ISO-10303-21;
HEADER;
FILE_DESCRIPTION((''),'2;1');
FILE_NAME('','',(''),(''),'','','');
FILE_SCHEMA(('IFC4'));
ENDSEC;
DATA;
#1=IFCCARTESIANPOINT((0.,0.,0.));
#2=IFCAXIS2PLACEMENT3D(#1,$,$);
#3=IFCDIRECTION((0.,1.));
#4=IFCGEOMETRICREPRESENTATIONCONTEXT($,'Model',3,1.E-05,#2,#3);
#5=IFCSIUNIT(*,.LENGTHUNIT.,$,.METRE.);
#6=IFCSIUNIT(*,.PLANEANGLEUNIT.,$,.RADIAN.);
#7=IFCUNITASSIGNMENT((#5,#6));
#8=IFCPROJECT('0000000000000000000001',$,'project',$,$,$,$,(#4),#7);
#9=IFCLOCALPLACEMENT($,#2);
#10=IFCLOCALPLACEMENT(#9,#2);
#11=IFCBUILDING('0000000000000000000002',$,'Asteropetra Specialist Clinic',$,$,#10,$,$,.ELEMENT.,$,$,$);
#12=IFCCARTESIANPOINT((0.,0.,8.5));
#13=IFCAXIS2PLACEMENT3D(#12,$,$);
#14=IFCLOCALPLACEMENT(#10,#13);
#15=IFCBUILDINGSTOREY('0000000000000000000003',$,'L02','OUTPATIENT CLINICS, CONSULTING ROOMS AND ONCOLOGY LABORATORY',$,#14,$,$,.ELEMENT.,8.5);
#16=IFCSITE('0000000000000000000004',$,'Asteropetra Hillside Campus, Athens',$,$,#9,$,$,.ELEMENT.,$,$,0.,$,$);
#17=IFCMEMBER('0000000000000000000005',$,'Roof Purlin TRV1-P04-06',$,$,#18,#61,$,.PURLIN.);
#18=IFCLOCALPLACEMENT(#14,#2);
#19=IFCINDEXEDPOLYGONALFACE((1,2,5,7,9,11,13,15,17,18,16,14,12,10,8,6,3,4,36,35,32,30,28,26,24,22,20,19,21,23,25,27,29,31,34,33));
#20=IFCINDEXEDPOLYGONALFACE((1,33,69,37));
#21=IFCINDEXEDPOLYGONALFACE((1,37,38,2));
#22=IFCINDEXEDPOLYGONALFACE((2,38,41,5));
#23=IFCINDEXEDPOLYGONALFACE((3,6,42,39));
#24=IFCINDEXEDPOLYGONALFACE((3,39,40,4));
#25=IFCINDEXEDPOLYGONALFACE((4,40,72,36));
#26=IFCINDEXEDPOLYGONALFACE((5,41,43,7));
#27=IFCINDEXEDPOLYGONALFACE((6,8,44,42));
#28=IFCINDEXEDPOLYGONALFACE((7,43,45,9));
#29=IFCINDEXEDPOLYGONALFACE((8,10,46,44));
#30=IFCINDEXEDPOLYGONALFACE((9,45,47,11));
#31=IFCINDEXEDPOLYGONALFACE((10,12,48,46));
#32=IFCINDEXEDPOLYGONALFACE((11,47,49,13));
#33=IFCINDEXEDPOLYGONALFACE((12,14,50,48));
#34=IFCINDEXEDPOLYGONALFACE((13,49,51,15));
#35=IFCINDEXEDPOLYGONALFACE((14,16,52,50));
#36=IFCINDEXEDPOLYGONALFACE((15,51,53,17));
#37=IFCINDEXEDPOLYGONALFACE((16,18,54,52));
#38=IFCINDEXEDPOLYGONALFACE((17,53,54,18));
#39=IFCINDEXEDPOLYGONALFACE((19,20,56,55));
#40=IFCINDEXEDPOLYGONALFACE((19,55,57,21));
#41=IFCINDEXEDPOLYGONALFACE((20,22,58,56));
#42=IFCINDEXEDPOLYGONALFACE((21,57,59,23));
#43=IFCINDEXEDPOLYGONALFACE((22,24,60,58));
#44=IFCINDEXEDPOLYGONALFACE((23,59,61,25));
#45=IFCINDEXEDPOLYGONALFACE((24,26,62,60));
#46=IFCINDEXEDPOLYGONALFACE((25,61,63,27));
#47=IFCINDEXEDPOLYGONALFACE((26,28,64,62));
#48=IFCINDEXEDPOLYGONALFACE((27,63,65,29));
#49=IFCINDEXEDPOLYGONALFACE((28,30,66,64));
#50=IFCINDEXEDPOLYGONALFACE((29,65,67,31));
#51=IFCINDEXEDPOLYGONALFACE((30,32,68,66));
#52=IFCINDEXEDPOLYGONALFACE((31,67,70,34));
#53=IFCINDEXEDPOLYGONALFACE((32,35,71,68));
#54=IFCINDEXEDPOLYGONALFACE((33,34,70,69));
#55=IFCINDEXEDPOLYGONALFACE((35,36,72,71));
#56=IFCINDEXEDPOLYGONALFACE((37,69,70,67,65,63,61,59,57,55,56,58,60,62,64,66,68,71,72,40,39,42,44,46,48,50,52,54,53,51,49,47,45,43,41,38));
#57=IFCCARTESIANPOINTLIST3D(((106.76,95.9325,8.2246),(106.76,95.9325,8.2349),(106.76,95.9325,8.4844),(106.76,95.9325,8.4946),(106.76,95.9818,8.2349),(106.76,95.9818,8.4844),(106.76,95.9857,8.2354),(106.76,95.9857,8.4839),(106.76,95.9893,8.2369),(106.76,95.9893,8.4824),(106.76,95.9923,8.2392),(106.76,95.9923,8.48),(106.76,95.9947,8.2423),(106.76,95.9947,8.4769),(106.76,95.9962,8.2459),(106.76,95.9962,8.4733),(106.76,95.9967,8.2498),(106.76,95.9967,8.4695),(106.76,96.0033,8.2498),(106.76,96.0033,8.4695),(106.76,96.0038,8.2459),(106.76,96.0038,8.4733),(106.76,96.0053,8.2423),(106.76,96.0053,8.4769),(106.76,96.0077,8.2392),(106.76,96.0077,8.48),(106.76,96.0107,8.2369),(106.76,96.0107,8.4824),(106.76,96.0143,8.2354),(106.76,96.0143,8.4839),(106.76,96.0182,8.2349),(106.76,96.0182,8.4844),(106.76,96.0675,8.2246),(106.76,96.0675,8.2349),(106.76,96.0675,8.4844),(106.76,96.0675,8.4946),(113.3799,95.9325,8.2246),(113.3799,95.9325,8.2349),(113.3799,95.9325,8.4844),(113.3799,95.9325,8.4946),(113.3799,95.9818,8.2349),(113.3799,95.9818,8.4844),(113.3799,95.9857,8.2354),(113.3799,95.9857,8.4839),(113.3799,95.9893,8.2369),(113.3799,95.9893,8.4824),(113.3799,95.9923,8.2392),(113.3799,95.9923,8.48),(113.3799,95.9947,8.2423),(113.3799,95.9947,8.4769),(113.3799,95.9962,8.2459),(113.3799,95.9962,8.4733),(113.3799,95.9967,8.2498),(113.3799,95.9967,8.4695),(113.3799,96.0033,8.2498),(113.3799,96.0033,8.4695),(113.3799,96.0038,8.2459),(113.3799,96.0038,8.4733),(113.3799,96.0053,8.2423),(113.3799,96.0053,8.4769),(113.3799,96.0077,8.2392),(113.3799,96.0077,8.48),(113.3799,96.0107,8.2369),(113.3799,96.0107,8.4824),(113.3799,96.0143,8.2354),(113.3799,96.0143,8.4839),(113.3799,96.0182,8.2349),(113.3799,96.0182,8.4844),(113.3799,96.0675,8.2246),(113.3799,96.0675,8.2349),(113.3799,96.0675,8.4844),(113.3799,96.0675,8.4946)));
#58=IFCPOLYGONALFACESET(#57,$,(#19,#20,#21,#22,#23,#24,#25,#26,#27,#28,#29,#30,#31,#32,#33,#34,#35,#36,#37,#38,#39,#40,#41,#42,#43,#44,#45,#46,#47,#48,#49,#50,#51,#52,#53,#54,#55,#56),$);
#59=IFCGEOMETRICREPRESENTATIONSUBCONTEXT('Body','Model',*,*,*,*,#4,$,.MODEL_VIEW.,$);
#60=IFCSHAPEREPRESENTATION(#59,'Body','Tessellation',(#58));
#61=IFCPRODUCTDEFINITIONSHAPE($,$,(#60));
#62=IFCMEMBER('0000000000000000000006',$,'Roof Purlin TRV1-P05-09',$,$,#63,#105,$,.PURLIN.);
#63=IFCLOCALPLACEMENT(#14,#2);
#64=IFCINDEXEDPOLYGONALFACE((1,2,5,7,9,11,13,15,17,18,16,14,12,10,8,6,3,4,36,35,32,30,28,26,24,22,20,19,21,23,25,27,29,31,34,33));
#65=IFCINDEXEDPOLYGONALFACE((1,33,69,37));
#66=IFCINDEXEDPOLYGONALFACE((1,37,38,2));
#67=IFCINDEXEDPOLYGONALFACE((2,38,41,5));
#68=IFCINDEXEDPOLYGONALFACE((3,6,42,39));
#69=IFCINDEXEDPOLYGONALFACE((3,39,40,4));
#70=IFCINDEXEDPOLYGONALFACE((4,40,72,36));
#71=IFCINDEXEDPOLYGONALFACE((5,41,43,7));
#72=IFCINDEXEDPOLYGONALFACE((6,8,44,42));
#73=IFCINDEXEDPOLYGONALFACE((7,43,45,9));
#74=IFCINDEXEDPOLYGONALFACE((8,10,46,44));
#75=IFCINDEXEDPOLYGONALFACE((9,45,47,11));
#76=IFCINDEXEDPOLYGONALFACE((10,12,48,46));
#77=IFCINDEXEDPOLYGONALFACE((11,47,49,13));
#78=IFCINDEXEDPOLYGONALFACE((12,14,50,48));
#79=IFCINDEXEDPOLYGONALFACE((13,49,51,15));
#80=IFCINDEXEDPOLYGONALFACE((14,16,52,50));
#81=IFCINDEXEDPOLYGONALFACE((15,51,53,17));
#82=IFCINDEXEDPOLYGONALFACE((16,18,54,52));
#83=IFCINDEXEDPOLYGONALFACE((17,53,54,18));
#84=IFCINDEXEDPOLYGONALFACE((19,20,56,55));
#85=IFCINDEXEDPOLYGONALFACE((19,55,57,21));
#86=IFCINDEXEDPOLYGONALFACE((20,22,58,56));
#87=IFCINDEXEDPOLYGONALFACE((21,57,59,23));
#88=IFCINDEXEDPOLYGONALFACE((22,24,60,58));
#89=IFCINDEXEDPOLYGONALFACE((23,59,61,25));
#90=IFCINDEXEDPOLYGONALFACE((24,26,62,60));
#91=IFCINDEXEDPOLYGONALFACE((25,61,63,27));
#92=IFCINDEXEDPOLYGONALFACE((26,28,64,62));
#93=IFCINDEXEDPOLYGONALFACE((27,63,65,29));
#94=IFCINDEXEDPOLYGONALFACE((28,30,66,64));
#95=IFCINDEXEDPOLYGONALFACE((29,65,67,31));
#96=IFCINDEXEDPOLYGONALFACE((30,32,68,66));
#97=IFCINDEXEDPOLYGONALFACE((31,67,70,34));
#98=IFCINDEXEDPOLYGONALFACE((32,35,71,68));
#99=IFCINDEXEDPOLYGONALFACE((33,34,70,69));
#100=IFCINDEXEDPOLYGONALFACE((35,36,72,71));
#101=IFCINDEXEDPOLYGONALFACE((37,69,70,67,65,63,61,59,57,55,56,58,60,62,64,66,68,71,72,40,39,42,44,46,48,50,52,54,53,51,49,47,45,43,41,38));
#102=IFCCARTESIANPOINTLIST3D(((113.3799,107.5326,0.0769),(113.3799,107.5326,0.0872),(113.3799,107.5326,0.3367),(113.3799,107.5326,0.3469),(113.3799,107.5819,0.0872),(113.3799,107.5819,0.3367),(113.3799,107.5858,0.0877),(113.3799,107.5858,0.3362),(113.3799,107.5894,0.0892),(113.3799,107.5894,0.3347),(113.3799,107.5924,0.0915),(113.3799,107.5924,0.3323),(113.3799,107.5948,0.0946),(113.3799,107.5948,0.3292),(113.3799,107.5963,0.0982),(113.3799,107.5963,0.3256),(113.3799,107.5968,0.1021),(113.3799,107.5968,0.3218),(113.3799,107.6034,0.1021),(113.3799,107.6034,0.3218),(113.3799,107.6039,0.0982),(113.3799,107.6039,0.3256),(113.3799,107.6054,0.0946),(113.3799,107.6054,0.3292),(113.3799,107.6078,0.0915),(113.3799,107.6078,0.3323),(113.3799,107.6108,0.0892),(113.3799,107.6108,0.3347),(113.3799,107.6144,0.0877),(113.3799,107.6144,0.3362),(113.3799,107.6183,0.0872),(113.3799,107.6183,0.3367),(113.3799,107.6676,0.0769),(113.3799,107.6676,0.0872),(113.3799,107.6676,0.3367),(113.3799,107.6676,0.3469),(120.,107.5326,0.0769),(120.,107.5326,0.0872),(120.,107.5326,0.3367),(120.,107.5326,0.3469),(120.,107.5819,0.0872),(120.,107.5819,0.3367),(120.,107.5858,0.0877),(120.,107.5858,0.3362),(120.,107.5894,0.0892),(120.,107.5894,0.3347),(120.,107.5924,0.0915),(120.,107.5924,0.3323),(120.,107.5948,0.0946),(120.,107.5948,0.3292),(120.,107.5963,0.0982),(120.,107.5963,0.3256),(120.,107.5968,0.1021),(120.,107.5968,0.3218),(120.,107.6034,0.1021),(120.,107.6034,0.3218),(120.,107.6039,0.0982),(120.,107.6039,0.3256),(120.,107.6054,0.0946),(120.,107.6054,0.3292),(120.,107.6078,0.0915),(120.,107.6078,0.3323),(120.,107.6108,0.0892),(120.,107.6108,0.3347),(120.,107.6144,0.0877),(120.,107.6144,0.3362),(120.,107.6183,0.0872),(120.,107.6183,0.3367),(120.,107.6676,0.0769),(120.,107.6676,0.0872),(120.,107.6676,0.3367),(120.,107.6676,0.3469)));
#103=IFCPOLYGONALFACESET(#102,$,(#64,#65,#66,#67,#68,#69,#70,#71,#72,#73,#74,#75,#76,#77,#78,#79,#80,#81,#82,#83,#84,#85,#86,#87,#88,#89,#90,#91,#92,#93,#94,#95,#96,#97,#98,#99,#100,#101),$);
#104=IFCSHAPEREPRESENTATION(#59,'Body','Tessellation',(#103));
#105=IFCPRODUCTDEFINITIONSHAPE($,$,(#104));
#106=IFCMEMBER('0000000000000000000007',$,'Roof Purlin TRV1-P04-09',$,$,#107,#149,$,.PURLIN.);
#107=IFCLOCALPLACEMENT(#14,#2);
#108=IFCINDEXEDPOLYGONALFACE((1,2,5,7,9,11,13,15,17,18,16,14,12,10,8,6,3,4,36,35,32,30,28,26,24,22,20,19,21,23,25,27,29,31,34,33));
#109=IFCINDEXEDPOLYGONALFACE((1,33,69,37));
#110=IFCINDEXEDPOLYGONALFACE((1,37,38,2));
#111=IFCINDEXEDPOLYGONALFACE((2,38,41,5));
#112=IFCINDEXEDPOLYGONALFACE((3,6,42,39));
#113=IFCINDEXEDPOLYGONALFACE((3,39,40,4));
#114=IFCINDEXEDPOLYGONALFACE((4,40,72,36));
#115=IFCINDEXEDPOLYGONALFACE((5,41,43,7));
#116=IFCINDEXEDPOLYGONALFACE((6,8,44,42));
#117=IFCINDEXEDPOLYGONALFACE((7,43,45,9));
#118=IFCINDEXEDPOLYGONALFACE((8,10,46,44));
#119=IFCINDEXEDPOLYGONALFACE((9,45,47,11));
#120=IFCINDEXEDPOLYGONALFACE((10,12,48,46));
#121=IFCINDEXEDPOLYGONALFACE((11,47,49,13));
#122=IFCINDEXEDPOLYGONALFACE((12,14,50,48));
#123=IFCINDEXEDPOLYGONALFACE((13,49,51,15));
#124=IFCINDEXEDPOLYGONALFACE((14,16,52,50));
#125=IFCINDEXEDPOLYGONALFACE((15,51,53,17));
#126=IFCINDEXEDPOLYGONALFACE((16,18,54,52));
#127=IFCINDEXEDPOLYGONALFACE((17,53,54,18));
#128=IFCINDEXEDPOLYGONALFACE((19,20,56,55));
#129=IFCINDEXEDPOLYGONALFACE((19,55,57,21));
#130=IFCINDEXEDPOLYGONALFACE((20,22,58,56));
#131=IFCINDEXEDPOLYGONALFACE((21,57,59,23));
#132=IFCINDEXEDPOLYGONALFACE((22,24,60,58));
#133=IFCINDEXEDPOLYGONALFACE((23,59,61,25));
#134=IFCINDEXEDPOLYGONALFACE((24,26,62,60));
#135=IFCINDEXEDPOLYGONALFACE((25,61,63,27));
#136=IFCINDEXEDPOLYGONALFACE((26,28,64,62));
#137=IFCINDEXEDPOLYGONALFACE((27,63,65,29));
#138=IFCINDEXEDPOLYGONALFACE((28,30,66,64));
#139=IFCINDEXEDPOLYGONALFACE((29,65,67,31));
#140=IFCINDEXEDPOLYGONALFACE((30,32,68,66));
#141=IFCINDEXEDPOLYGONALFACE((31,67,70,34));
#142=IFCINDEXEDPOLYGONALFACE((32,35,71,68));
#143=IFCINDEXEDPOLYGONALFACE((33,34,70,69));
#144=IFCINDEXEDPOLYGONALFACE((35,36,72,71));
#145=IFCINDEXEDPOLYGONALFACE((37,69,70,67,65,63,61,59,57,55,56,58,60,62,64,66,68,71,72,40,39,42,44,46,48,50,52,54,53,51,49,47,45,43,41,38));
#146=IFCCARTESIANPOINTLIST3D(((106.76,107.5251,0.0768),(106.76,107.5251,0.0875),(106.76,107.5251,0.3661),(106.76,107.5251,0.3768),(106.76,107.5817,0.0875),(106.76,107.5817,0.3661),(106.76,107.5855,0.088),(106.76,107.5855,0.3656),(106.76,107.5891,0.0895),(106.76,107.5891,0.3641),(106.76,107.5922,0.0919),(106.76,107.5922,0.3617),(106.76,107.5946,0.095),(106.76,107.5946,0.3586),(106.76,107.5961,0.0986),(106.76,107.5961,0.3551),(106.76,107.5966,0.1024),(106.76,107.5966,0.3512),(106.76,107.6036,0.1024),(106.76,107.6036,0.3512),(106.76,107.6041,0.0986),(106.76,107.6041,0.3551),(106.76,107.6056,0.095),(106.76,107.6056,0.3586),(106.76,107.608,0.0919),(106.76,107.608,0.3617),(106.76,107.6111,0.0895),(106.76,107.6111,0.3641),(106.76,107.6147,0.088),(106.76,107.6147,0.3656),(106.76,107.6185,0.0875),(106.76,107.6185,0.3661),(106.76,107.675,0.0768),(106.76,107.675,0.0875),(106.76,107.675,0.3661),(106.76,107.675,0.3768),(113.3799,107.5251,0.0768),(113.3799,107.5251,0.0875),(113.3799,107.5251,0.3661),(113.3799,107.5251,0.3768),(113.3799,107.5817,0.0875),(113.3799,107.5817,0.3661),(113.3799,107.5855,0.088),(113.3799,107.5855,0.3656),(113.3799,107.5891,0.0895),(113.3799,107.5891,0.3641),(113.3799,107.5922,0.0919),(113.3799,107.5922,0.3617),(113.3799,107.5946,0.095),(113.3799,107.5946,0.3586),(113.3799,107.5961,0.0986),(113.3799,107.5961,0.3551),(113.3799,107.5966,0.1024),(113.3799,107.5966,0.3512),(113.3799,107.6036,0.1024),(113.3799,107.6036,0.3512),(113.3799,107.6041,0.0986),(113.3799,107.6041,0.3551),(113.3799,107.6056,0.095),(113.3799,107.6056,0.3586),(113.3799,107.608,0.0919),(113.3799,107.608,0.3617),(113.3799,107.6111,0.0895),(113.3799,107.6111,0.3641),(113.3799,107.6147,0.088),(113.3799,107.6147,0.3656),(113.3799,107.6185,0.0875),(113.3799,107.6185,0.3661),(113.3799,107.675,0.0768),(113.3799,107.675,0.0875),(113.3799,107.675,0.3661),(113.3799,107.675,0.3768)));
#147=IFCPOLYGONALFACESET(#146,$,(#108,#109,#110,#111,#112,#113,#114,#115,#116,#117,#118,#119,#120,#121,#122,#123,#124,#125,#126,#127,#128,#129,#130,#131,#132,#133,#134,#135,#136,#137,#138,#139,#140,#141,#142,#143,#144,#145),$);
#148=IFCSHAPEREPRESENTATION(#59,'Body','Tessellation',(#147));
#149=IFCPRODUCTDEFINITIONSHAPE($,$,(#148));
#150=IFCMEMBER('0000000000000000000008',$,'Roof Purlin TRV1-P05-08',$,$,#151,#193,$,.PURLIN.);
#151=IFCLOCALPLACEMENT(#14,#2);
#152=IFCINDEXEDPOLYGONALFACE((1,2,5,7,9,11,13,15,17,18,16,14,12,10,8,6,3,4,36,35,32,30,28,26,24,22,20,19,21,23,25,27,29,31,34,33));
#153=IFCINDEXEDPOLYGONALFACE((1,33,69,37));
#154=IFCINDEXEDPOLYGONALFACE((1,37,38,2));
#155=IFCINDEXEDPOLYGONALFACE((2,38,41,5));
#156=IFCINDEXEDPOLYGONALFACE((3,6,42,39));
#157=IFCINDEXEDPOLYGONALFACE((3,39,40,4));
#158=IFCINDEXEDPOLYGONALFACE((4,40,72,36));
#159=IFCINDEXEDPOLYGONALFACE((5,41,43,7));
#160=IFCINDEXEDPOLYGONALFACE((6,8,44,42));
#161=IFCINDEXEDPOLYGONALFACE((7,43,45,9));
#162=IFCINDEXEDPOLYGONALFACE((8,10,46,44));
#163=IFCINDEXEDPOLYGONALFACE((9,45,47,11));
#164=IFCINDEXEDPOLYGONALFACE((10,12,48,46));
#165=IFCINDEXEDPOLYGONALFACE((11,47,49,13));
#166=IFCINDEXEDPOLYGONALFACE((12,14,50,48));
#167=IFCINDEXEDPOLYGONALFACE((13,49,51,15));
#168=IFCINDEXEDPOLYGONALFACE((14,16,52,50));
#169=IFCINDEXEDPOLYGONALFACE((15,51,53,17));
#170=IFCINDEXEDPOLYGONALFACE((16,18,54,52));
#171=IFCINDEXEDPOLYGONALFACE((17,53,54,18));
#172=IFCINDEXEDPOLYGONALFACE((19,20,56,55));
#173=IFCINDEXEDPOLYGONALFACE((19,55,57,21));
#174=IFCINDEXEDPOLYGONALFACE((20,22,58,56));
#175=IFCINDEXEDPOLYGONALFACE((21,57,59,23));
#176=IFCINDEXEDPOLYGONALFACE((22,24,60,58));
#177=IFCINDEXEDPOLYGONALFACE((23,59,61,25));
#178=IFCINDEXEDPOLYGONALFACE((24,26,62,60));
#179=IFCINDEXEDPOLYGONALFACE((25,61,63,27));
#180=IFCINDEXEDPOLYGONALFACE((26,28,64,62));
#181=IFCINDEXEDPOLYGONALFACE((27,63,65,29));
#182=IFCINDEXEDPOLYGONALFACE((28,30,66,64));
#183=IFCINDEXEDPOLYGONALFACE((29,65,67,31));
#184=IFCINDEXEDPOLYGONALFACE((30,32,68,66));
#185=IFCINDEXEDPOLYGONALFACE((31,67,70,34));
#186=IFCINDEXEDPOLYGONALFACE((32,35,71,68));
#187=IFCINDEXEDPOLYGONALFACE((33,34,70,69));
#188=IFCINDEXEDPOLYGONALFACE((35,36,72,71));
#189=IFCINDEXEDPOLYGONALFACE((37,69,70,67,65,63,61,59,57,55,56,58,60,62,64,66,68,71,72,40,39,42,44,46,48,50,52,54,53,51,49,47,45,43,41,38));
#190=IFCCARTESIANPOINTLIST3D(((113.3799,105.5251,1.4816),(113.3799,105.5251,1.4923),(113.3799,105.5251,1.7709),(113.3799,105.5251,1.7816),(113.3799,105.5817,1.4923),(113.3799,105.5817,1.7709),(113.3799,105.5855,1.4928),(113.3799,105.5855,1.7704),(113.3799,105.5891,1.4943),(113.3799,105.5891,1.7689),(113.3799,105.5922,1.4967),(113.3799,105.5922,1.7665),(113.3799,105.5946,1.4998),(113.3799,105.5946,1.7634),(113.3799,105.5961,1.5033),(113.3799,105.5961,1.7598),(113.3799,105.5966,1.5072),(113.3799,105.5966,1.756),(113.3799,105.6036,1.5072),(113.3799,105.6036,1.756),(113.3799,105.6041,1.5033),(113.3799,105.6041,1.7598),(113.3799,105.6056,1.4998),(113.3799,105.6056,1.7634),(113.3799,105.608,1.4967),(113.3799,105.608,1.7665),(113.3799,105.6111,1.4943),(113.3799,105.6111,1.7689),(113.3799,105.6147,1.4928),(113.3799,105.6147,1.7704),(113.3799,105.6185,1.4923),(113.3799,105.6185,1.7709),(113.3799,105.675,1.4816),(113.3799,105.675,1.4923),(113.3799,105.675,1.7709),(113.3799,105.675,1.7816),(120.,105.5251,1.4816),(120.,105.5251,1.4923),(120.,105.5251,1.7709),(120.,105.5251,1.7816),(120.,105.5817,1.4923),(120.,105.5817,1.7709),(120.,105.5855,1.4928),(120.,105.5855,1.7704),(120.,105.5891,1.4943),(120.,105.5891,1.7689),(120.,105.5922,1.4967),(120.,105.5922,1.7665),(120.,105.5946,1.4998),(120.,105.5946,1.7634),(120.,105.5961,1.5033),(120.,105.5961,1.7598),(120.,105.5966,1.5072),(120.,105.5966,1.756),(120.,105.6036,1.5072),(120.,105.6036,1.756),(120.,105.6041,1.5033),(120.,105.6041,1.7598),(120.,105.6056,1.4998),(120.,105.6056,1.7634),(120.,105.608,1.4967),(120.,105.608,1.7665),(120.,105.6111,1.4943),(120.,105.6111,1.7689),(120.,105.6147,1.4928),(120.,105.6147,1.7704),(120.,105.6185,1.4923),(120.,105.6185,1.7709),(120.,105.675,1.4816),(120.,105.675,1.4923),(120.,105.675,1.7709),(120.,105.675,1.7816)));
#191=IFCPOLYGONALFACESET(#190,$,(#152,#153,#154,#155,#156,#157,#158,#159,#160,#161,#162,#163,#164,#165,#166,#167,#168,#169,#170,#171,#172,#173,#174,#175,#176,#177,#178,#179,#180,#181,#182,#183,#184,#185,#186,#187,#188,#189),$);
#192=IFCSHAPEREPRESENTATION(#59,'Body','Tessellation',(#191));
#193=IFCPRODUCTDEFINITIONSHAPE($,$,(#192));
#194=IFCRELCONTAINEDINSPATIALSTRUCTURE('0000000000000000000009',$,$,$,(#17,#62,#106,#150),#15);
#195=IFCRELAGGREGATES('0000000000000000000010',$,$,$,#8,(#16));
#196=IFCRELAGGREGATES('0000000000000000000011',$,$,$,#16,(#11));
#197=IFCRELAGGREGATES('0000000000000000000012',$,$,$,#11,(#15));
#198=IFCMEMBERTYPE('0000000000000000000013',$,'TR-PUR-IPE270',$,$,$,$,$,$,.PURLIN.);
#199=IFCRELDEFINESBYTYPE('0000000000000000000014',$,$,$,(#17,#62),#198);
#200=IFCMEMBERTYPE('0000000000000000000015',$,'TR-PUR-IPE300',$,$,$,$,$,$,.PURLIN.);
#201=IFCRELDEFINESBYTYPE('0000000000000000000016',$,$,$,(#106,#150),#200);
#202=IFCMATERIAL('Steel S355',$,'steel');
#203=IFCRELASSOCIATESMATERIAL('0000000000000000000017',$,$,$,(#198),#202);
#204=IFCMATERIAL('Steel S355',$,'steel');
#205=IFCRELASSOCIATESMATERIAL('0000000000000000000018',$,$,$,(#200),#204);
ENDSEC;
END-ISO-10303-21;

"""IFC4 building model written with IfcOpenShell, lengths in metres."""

from ifc_helpers import new_model, si_unit, direction, frame, origin, origin_2d, place, context, subcontext, project, spatial, i_section, extrude, material, material_profile, profile_set, type_object, element, save


model = new_model("IFC4")

# Units and contexts
model_context = context("Model", 3, precision=1e-05, world=origin(), true_north=direction((0.0, 1.0)))
body_context = subcontext(model_context, "Body", "Model", "MODEL_VIEW")
ifc_project = project(units=[si_unit("LENGTHUNIT", "METRE"), si_unit("PLANEANGLEUNIT", "RADIAN")], contexts=[model_context])

# Site, building, storey
site_placement = place(None, origin())
site = spatial("IfcSite", under=ifc_project, at=site_placement, Name="Asteropetra Hillside Campus, Athens", CompositionType="ELEMENT", RefElevation=0.0)
building_placement = place(site_placement, origin())
building = spatial("IfcBuilding", under=site, at=building_placement, Name="Asteropetra Specialist Clinic", CompositionType="ELEMENT")
storey_placement = place(building_placement, frame((0.0, 0.0, 8.5)))
storey = spatial("IfcBuildingStorey", under=building, at=storey_placement, Name="L02", Description="OUTPATIENT CLINICS, CONSULTING ROOMS AND ONCOLOGY LABORATORY", CompositionType="ELEMENT", Elevation=8.5)

# Members
ifc_material_1 = material(Name="Steel S355", Category="steel")
ifc_material_profile_1 = material_profile(ifc_material_1, i_section(OverallWidth=0.135, OverallDepth=0.27, WebThickness=0.0066, FlangeThickness=0.0103, FilletRadius=0.0149, at=origin_2d()), Name="IPE 270")
ifc_profile_set_1 = profile_set([ifc_material_profile_1], Name="Steel S355")
member_type_1 = type_object("IfcMemberType", Name="TR-PUR-IPE270", PredefinedType="PURLIN", material=ifc_profile_set_1)
member_1_placement = place(storey_placement, frame((106.76, 96.0, 8.3596), z_axis=(1.0, 0.0, 0.0), x_axis=(0.0, 1.0, 0.0)))
element("IfcMember", 1, at=member_1_placement, inside=storey, type_object=member_type_1, Name="Roof Purlin TRV1-P04-06", PredefinedType="PURLIN", context=body_context, shape_type="SweptSolid", body=[
    extrude(i_section(OverallWidth=0.135, OverallDepth=0.27, WebThickness=0.0066, FlangeThickness=0.0103, FilletRadius=0.0149, at=origin_2d()), origin(), (0.0, 0.0, 1.0), 6.6199),
])
member_2_placement = place(storey_placement, frame((113.3799, 107.6001, 0.2119), z_axis=(1.0, 0.0, 0.0), x_axis=(0.0, 1.0, 0.0)))
element("IfcMember", 2, at=member_2_placement, inside=storey, type_object=member_type_1, Name="Roof Purlin TRV1-P05-09", PredefinedType="PURLIN", context=body_context, shape_type="SweptSolid", body=[
    extrude(i_section(OverallWidth=0.135, OverallDepth=0.27, WebThickness=0.0066, FlangeThickness=0.0103, FilletRadius=0.0149, at=origin_2d()), origin(), (0.0, 0.0, 1.0), 6.6201),
])
ifc_material_2 = material(Name="Steel S355", Category="steel")
ifc_material_profile_2 = material_profile(ifc_material_2, i_section(OverallWidth=0.1499, OverallDepth=0.3, WebThickness=0.0071, FlangeThickness=0.0107, FilletRadius=0.0149, at=origin_2d()), Name="IPE 300")
ifc_profile_set_2 = profile_set([ifc_material_profile_2], Name="Steel S355")
member_type_2 = type_object("IfcMemberType", Name="TR-PUR-IPE300", PredefinedType="PURLIN", material=ifc_profile_set_2)
member_3_placement = place(storey_placement, frame((106.76, 107.6001, 0.2268), z_axis=(1.0, 0.0, 0.0), x_axis=(0.0, 1.0, 0.0)))
element("IfcMember", 3, at=member_3_placement, inside=storey, type_object=member_type_2, Name="Roof Purlin TRV1-P04-09", PredefinedType="PURLIN", context=body_context, shape_type="SweptSolid", body=[
    extrude(i_section(OverallWidth=0.1499, OverallDepth=0.3, WebThickness=0.0071, FlangeThickness=0.0107, FilletRadius=0.0149, at=origin_2d()), origin(), (0.0, 0.0, 1.0), 6.6199),
])
member_4_placement = place(storey_placement, frame((113.3799, 105.6001, 1.6316), z_axis=(1.0, 0.0, 0.0), x_axis=(0.0, 1.0, 0.0)))
element("IfcMember", 4, at=member_4_placement, inside=storey, type_object=member_type_2, Name="Roof Purlin TRV1-P05-08", PredefinedType="PURLIN", context=body_context, shape_type="SweptSolid", body=[
    extrude(i_section(OverallWidth=0.1499, OverallDepth=0.3, WebThickness=0.0071, FlangeThickness=0.0107, FilletRadius=0.0149, at=origin_2d()), origin(), (0.0, 0.0, 1.0), 6.6201),
])

save(model, "model.ifc")
